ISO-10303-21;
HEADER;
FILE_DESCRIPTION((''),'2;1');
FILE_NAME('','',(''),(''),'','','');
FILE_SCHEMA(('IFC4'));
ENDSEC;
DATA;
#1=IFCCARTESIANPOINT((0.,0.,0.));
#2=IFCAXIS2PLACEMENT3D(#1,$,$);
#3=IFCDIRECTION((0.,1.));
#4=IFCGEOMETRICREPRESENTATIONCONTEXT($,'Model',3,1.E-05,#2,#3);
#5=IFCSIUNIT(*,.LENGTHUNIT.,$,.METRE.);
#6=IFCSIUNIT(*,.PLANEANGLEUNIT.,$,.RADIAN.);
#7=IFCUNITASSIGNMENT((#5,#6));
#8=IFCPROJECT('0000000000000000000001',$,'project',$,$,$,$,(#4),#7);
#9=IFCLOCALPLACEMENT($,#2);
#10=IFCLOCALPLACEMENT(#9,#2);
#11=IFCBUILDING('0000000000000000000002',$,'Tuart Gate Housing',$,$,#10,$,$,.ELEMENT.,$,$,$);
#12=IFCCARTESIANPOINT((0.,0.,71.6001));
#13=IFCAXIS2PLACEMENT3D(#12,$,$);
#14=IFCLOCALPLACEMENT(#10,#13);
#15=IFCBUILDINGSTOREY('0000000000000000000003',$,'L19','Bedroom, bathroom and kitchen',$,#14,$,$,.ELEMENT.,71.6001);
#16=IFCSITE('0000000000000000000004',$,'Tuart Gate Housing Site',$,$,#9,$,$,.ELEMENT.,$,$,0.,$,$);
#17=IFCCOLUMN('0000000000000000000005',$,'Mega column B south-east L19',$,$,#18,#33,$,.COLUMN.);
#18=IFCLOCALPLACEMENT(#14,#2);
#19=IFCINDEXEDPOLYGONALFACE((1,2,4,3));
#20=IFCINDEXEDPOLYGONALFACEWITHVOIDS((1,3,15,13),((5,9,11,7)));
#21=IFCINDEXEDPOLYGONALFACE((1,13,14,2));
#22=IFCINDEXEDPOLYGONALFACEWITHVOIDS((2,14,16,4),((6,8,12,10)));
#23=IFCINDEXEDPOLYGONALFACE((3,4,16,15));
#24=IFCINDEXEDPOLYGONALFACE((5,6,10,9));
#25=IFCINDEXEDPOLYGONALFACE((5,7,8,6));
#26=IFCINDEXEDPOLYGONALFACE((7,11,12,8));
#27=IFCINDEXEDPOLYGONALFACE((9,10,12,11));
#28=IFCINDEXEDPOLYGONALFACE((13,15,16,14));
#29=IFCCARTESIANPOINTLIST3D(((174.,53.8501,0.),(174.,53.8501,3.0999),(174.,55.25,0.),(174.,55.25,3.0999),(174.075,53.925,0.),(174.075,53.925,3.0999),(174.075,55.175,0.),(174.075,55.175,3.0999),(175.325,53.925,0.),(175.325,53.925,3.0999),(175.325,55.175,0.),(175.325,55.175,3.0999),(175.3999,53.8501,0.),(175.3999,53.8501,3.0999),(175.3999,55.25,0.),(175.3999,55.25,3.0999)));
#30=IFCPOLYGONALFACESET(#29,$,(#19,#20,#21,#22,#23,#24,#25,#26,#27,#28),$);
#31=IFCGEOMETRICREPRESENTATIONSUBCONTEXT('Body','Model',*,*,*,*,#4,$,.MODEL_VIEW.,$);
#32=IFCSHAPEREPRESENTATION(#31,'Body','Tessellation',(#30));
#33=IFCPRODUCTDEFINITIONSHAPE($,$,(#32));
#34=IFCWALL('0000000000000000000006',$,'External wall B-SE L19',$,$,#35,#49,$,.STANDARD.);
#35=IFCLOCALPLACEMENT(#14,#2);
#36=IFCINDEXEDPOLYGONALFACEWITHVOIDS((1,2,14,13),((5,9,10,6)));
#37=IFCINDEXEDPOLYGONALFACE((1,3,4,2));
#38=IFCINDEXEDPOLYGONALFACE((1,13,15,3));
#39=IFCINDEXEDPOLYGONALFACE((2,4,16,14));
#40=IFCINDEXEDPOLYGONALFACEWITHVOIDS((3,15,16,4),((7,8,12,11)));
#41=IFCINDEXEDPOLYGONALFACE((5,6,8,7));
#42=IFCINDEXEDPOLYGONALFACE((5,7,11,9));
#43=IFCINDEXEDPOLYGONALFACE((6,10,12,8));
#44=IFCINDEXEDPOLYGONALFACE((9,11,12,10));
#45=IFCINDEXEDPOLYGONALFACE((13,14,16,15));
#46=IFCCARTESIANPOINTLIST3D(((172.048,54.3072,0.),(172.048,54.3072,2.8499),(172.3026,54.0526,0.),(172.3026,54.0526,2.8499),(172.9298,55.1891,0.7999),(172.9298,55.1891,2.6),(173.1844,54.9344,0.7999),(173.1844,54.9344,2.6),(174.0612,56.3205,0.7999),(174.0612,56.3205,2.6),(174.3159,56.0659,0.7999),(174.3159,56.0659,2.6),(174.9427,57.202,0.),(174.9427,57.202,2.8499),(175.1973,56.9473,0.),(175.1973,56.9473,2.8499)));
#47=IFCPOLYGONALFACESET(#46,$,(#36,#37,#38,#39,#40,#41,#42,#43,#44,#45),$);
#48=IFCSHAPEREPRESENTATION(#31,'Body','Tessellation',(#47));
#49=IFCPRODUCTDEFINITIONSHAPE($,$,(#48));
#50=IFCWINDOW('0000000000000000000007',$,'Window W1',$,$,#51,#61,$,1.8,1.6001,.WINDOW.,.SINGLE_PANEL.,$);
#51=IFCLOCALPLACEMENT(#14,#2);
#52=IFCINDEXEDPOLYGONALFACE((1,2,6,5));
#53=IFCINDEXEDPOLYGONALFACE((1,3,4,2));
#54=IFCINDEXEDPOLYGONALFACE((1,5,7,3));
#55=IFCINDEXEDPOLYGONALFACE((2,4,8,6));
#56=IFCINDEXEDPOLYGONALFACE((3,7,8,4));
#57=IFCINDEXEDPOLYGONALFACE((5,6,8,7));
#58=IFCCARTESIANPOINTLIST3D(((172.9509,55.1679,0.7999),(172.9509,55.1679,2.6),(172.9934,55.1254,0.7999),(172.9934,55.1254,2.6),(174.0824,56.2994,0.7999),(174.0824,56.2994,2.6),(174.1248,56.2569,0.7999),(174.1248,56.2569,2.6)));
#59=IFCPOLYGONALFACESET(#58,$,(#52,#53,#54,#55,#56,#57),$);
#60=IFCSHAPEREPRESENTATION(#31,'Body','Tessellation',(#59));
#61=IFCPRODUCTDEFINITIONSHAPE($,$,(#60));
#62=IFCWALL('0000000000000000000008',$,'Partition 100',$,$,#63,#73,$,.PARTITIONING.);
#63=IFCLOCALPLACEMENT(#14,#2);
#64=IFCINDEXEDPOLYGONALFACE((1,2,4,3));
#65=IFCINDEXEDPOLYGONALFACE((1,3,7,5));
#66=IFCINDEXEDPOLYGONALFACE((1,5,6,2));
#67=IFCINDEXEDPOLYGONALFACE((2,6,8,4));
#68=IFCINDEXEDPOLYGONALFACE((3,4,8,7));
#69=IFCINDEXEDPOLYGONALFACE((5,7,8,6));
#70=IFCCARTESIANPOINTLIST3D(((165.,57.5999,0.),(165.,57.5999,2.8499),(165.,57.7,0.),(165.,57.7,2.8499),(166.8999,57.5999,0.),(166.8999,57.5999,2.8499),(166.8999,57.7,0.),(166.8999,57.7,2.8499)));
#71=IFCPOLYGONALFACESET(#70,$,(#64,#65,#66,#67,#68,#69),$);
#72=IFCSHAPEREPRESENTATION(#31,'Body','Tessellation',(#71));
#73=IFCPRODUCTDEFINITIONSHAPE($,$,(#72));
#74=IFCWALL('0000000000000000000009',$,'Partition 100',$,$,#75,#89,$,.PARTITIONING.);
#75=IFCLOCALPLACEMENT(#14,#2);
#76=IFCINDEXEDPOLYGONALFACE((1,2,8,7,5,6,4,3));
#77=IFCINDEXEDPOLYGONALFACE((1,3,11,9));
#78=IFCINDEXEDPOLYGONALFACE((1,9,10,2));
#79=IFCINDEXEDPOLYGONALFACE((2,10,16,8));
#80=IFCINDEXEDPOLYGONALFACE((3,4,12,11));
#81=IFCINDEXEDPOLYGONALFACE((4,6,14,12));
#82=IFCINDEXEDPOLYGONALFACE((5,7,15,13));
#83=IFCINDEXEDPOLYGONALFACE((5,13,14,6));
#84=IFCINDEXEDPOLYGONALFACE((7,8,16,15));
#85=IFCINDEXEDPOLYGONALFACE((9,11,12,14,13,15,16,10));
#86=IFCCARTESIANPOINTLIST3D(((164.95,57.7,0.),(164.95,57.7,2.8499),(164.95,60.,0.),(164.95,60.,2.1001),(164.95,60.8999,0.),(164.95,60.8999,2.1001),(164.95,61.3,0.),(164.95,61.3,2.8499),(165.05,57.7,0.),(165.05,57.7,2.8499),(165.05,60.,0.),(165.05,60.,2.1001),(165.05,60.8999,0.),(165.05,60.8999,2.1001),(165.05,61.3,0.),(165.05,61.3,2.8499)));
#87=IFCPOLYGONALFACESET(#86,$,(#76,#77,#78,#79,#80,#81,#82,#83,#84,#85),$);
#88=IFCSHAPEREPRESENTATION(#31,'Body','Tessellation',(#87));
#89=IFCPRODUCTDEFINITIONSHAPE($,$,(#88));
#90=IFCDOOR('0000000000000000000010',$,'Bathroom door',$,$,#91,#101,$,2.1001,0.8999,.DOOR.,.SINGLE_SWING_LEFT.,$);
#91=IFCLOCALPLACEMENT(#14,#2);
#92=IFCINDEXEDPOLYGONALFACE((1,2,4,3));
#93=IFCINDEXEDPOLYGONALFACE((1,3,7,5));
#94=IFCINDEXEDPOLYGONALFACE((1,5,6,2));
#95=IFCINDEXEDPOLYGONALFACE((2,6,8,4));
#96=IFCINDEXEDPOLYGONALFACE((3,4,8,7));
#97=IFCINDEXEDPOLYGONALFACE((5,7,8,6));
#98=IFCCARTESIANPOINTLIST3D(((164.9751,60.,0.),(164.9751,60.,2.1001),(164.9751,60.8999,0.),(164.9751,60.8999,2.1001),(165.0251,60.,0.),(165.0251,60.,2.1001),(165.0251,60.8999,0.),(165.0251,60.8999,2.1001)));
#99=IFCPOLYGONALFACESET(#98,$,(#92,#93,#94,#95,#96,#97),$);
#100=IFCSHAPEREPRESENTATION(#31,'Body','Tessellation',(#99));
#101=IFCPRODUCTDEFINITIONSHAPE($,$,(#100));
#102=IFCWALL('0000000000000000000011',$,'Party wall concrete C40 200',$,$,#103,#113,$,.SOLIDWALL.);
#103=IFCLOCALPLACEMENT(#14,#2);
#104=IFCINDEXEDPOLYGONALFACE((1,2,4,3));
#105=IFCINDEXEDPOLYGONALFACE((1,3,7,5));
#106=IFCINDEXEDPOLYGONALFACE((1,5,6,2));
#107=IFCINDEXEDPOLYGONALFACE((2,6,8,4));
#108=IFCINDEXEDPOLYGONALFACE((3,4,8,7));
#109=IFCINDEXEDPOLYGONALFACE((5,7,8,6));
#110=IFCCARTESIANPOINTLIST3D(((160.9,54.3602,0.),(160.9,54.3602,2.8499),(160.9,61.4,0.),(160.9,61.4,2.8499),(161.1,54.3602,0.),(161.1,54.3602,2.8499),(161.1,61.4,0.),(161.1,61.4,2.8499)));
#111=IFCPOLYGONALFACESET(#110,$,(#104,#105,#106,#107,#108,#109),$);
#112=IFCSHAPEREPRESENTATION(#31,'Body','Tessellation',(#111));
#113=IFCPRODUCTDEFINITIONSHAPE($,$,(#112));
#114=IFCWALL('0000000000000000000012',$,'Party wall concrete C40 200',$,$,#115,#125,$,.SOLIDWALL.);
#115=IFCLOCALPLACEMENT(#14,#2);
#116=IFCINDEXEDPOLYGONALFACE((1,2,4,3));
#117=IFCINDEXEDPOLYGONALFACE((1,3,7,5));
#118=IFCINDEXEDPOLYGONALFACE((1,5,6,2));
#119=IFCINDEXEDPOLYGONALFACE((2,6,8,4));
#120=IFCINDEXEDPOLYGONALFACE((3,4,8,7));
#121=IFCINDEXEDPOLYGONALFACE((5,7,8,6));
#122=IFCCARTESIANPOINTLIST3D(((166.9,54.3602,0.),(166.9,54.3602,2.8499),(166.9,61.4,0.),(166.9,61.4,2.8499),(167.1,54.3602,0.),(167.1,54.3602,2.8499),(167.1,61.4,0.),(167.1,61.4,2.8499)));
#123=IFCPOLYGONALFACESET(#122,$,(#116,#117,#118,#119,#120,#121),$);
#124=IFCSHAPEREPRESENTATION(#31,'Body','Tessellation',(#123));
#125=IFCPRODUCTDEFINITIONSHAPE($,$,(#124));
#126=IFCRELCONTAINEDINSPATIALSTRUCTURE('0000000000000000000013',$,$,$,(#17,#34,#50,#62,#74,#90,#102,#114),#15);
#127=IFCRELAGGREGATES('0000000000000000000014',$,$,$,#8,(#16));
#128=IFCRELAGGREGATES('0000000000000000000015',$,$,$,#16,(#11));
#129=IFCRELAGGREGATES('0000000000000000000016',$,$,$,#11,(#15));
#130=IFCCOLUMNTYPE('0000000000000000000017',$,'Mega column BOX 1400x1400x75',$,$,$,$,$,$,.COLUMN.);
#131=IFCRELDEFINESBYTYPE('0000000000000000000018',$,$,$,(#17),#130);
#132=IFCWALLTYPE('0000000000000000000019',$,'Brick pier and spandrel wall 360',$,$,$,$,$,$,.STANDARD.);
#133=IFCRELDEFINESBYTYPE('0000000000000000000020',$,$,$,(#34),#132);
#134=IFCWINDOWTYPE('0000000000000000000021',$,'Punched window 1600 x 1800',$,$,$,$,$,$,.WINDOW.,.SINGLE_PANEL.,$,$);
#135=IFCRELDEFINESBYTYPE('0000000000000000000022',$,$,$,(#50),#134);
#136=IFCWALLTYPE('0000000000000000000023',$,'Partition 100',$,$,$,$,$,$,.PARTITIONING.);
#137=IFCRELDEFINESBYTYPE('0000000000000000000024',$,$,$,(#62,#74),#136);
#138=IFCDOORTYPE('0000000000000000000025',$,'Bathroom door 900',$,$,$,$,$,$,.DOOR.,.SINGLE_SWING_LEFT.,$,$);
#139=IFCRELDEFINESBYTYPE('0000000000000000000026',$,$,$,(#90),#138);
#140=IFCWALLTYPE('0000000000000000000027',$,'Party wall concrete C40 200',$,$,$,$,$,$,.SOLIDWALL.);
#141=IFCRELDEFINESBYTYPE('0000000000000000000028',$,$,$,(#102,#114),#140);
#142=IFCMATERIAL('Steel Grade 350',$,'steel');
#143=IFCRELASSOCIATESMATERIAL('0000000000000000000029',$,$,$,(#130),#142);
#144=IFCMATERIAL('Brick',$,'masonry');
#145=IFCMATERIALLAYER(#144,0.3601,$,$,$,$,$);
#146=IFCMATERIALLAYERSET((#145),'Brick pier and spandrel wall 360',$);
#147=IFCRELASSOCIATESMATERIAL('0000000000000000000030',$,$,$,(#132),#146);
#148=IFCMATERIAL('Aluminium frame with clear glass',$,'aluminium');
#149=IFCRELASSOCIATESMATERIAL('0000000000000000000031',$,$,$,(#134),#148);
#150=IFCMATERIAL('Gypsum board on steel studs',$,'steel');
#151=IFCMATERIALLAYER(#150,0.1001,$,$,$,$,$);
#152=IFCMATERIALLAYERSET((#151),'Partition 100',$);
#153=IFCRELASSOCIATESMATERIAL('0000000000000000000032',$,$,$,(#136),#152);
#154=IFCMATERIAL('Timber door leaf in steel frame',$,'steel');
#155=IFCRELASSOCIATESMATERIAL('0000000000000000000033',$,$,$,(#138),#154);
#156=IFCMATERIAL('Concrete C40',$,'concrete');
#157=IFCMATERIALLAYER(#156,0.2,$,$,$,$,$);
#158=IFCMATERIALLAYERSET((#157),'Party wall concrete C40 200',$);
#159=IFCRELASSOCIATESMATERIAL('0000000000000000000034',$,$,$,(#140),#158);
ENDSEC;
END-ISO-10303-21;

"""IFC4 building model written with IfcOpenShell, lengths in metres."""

from ifc_helpers import new_model, si_unit, direction, frame, frame_2d, origin, origin_2d, place, context, subcontext, project, spatial, rectangle, hollow_rectangle, extrude, material, layer, layer_set, material_profile, profile_set, type_object, element, fill, save


model = new_model("IFC4")

# Units and contexts
model_context = context("Model", 3, precision=1e-05, world=origin(), true_north=direction((0.0, 1.0)))
body_context = subcontext(model_context, "Body", "Model", "MODEL_VIEW")
ifc_project = project(units=[si_unit("LENGTHUNIT", "METRE"), si_unit("PLANEANGLEUNIT", "RADIAN")], contexts=[model_context])

# Site, building, storey
site_placement = place(None, origin())
site = spatial("IfcSite", under=ifc_project, at=site_placement, Name="Tuart Gate Housing Site", CompositionType="ELEMENT", RefElevation=0.0)
building_placement = place(site_placement, origin())
building = spatial("IfcBuilding", under=site, at=building_placement, Name="Tuart Gate Housing", CompositionType="ELEMENT")
storey_placement = place(building_placement, frame((0.0, 0.0, 71.6001)))
storey = spatial("IfcBuildingStorey", under=building, at=storey_placement, Name="L19", Description="Bedroom, bathroom and kitchen", CompositionType="ELEMENT", Elevation=71.6001)

# Column
ifc_material_1 = material(Name="Steel Grade 350", Category="steel")
ifc_material_profile = material_profile(ifc_material_1, hollow_rectangle(XDim=1.3999, YDim=1.3999, WallThickness=0.075, at=origin_2d()), Name="BOX 1400x1400x75")
ifc_profile_set = profile_set([ifc_material_profile], Name="Steel Grade 350")
column_type = type_object("IfcColumnType", Name="Mega column BOX 1400x1400x75", PredefinedType="COLUMN", material=ifc_profile_set)
column_placement = place(storey_placement, frame((174.7, 54.55, 0.0), z_axis=(0.0, 0.0, 1.0), x_axis=(1.0, 0.0, 0.0)))
element("IfcColumn", 1, at=column_placement, inside=storey, type_object=column_type, Name="Mega column B south-east L19", PredefinedType="COLUMN", context=body_context, shape_type="SweptSolid", body=[
    extrude(hollow_rectangle(XDim=1.3999, YDim=1.3999, WallThickness=0.075, at=origin_2d()), origin(), (0.0, 0.0, 1.0), 3.0999),
])

# Wall, opening, window
ifc_material_2 = material(Name="Brick", Category="masonry")
ifc_layer_1 = layer(ifc_material_2, 0.3601)
ifc_layer_set_1 = layer_set([ifc_layer_1], Name="Brick pier and spandrel wall 360")
wall_type_1 = type_object("IfcWallType", Name="Brick pier and spandrel wall 360", PredefinedType="STANDARD", material=ifc_layer_set_1)
wall_1_placement = place(storey_placement, frame((172.1753, 54.1799, 0.0), z_axis=(0.0, 0.0, 1.0), x_axis=(0.707107, 0.707107, 0.0)))
wall_1 = element("IfcWall", 2, at=wall_1_placement, inside=storey, type_object=wall_type_1, Name="External wall B-SE L19", PredefinedType="STANDARD", context=body_context, shape_type="SweptSolid", body=[
    extrude(rectangle(XDim=4.0938, YDim=0.3601, at=frame_2d((2.0469, 0.0))), origin(), (0.0, 0.0, 1.0), 2.8499),
])
opening_1_placement = place(wall_1_placement, frame((1.2471, 0.0, 0.8)))
opening_1 = element("IfcOpeningElement", 3, at=opening_1_placement, cuts=wall_1, PredefinedType="OPENING", context=body_context, shape_type="SweptSolid", body=[
    extrude(rectangle(XDim=1.6001, YDim=1.8, at=frame_2d((0.8, 0.8999))), frame((0.0, 0.1899, 0.0), z_axis=(0.0, -1.0, 0.0), x_axis=(1.0, 0.0, 0.0)), (0.0, 0.0, 1.0), 0.3801),
])
ifc_material_3 = material(Name="Aluminium frame with clear glass", Category="aluminium")
window_type_1 = type_object("IfcWindowType", Name="Punched window 1600 x 1800", PartitioningType="SINGLE_PANEL", PredefinedType="WINDOW", material=ifc_material_3)
window_1_placement = place(opening_1_placement, origin())
window_1 = element("IfcWindow", 4, at=window_1_placement, inside=storey, type_object=window_type_1, Name="Window W1", OverallHeight=1.8, OverallWidth=1.6001, PartitioningType="SINGLE_PANEL", PredefinedType="WINDOW", context=body_context, shape_type="SweptSolid", body=[
    extrude(rectangle(XDim=1.6001, YDim=1.8, at=frame_2d((0.8, 0.8999))), frame((0.0, 0.1501, 0.0), z_axis=(0.0, -1.0, 0.0), x_axis=(1.0, 0.0, 0.0)), (0.0, 0.0, 1.0), 0.0601),
])
fill(opening_1, window_1)

# Wall
ifc_material_4 = material(Name="Gypsum board on steel studs", Category="steel")
ifc_layer_2 = layer(ifc_material_4, 0.1001)
ifc_layer_set_2 = layer_set([ifc_layer_2], Name="Partition 100")
wall_type_2 = type_object("IfcWallType", Name="Partition 100", PredefinedType="PARTITIONING", material=ifc_layer_set_2)
wall_2_placement = place(storey_placement, frame((165.0, 57.6499, 0.0), z_axis=(0.0, 0.0, 1.0), x_axis=(1.0, 0.0, 0.0)))
element("IfcWall", 5, at=wall_2_placement, inside=storey, type_object=wall_type_2, Name="Partition 100", PredefinedType="PARTITIONING", context=body_context, shape_type="SweptSolid", body=[
    extrude(rectangle(XDim=1.8999, YDim=0.1001, at=frame_2d((0.95, 0.0))), origin(), (0.0, 0.0, 1.0), 2.8499),
])

# Wall, opening, door
wall_3_placement = place(storey_placement, frame((165.0, 57.7, 0.0), z_axis=(0.0, 0.0, 1.0), x_axis=(0.0, 1.0, 0.0)))
wall_3 = element("IfcWall", 6, at=wall_3_placement, inside=storey, type_object=wall_type_2, Name="Partition 100", PredefinedType="PARTITIONING", context=body_context, shape_type="SweptSolid", body=[
    extrude(rectangle(XDim=3.6001, YDim=0.1001, at=frame_2d((1.8, 0.0))), origin(), (0.0, 0.0, 1.0), 2.8499),
])
opening_2_placement = place(wall_3_placement, frame((2.3, 0.0, 0.0)))
opening_2 = element("IfcOpeningElement", 7, at=opening_2_placement, cuts=wall_3, PredefinedType="OPENING", context=body_context, shape_type="SweptSolid", body=[
    extrude(rectangle(XDim=0.8999, YDim=2.1001, at=frame_2d((0.45, 1.05))), frame((0.0, 0.0601, 0.0), z_axis=(0.0, -1.0, 0.0), x_axis=(1.0, 0.0, 0.0)), (0.0, 0.0, 1.0), 0.1201),
])
ifc_material_5 = material(Name="Timber door leaf in steel frame", Category="steel")
door_type = type_object("IfcDoorType", Name="Bathroom door 900", OperationType="SINGLE_SWING_LEFT", PredefinedType="DOOR", material=ifc_material_5)
door_placement = place(opening_2_placement, frame((0.8999, 0.0, 0.0), z_axis=(0.0, 0.0, 1.0), x_axis=(-1.0, 0.0, 0.0)))
door = element("IfcDoor", 8, at=door_placement, inside=storey, type_object=door_type, Name="Bathroom door", OperationType="SINGLE_SWING_LEFT", OverallHeight=2.1001, OverallWidth=0.8999, PredefinedType="DOOR", context=body_context, shape_type="SweptSolid", body=[
    extrude(rectangle(XDim=0.8999, YDim=2.1001, at=frame_2d((0.45, 1.05))), frame((0.0, 0.0251, 0.0), z_axis=(0.0, -1.0, 0.0), x_axis=(1.0, 0.0, 0.0)), (0.0, 0.0, 1.0), 0.05),
])
fill(opening_2, door)

# Walls
ifc_material_6 = material(Name="Concrete C40", Category="concrete")
ifc_layer_3 = layer(ifc_material_6, 0.2)
ifc_layer_set_3 = layer_set([ifc_layer_3], Name="Party wall concrete C40 200")
wall_type_3 = type_object("IfcWallType", Name="Party wall concrete C40 200", PredefinedType="SOLIDWALL", material=ifc_layer_set_3)
for number, where, z_axis, x_axis, name in (
    (9, (161.0, 54.3601, 0.0), (0.0, 0.0, 1.0), (0.0, 1.0, 0.0), "Party wall concrete C40 200"),
    (10, (167.0, 54.3601, 0.0), (0.0, 0.0, 1.0), (0.0, 1.0, 0.0), "Party wall concrete C40 200"),
):
    element("IfcWall", number, at=place(storey_placement, frame(where, z_axis=z_axis, x_axis=x_axis)), inside=storey, type_object=wall_type_3, Name=name, PredefinedType="SOLIDWALL", context=body_context, shape_type="SweptSolid", body=[
        extrude(rectangle(XDim=7.0398, YDim=0.2, at=frame_2d((3.52, 0.0))), origin(), (0.0, 0.0, 1.0), 2.8499),
    ])

save(model, "model.ifc")
